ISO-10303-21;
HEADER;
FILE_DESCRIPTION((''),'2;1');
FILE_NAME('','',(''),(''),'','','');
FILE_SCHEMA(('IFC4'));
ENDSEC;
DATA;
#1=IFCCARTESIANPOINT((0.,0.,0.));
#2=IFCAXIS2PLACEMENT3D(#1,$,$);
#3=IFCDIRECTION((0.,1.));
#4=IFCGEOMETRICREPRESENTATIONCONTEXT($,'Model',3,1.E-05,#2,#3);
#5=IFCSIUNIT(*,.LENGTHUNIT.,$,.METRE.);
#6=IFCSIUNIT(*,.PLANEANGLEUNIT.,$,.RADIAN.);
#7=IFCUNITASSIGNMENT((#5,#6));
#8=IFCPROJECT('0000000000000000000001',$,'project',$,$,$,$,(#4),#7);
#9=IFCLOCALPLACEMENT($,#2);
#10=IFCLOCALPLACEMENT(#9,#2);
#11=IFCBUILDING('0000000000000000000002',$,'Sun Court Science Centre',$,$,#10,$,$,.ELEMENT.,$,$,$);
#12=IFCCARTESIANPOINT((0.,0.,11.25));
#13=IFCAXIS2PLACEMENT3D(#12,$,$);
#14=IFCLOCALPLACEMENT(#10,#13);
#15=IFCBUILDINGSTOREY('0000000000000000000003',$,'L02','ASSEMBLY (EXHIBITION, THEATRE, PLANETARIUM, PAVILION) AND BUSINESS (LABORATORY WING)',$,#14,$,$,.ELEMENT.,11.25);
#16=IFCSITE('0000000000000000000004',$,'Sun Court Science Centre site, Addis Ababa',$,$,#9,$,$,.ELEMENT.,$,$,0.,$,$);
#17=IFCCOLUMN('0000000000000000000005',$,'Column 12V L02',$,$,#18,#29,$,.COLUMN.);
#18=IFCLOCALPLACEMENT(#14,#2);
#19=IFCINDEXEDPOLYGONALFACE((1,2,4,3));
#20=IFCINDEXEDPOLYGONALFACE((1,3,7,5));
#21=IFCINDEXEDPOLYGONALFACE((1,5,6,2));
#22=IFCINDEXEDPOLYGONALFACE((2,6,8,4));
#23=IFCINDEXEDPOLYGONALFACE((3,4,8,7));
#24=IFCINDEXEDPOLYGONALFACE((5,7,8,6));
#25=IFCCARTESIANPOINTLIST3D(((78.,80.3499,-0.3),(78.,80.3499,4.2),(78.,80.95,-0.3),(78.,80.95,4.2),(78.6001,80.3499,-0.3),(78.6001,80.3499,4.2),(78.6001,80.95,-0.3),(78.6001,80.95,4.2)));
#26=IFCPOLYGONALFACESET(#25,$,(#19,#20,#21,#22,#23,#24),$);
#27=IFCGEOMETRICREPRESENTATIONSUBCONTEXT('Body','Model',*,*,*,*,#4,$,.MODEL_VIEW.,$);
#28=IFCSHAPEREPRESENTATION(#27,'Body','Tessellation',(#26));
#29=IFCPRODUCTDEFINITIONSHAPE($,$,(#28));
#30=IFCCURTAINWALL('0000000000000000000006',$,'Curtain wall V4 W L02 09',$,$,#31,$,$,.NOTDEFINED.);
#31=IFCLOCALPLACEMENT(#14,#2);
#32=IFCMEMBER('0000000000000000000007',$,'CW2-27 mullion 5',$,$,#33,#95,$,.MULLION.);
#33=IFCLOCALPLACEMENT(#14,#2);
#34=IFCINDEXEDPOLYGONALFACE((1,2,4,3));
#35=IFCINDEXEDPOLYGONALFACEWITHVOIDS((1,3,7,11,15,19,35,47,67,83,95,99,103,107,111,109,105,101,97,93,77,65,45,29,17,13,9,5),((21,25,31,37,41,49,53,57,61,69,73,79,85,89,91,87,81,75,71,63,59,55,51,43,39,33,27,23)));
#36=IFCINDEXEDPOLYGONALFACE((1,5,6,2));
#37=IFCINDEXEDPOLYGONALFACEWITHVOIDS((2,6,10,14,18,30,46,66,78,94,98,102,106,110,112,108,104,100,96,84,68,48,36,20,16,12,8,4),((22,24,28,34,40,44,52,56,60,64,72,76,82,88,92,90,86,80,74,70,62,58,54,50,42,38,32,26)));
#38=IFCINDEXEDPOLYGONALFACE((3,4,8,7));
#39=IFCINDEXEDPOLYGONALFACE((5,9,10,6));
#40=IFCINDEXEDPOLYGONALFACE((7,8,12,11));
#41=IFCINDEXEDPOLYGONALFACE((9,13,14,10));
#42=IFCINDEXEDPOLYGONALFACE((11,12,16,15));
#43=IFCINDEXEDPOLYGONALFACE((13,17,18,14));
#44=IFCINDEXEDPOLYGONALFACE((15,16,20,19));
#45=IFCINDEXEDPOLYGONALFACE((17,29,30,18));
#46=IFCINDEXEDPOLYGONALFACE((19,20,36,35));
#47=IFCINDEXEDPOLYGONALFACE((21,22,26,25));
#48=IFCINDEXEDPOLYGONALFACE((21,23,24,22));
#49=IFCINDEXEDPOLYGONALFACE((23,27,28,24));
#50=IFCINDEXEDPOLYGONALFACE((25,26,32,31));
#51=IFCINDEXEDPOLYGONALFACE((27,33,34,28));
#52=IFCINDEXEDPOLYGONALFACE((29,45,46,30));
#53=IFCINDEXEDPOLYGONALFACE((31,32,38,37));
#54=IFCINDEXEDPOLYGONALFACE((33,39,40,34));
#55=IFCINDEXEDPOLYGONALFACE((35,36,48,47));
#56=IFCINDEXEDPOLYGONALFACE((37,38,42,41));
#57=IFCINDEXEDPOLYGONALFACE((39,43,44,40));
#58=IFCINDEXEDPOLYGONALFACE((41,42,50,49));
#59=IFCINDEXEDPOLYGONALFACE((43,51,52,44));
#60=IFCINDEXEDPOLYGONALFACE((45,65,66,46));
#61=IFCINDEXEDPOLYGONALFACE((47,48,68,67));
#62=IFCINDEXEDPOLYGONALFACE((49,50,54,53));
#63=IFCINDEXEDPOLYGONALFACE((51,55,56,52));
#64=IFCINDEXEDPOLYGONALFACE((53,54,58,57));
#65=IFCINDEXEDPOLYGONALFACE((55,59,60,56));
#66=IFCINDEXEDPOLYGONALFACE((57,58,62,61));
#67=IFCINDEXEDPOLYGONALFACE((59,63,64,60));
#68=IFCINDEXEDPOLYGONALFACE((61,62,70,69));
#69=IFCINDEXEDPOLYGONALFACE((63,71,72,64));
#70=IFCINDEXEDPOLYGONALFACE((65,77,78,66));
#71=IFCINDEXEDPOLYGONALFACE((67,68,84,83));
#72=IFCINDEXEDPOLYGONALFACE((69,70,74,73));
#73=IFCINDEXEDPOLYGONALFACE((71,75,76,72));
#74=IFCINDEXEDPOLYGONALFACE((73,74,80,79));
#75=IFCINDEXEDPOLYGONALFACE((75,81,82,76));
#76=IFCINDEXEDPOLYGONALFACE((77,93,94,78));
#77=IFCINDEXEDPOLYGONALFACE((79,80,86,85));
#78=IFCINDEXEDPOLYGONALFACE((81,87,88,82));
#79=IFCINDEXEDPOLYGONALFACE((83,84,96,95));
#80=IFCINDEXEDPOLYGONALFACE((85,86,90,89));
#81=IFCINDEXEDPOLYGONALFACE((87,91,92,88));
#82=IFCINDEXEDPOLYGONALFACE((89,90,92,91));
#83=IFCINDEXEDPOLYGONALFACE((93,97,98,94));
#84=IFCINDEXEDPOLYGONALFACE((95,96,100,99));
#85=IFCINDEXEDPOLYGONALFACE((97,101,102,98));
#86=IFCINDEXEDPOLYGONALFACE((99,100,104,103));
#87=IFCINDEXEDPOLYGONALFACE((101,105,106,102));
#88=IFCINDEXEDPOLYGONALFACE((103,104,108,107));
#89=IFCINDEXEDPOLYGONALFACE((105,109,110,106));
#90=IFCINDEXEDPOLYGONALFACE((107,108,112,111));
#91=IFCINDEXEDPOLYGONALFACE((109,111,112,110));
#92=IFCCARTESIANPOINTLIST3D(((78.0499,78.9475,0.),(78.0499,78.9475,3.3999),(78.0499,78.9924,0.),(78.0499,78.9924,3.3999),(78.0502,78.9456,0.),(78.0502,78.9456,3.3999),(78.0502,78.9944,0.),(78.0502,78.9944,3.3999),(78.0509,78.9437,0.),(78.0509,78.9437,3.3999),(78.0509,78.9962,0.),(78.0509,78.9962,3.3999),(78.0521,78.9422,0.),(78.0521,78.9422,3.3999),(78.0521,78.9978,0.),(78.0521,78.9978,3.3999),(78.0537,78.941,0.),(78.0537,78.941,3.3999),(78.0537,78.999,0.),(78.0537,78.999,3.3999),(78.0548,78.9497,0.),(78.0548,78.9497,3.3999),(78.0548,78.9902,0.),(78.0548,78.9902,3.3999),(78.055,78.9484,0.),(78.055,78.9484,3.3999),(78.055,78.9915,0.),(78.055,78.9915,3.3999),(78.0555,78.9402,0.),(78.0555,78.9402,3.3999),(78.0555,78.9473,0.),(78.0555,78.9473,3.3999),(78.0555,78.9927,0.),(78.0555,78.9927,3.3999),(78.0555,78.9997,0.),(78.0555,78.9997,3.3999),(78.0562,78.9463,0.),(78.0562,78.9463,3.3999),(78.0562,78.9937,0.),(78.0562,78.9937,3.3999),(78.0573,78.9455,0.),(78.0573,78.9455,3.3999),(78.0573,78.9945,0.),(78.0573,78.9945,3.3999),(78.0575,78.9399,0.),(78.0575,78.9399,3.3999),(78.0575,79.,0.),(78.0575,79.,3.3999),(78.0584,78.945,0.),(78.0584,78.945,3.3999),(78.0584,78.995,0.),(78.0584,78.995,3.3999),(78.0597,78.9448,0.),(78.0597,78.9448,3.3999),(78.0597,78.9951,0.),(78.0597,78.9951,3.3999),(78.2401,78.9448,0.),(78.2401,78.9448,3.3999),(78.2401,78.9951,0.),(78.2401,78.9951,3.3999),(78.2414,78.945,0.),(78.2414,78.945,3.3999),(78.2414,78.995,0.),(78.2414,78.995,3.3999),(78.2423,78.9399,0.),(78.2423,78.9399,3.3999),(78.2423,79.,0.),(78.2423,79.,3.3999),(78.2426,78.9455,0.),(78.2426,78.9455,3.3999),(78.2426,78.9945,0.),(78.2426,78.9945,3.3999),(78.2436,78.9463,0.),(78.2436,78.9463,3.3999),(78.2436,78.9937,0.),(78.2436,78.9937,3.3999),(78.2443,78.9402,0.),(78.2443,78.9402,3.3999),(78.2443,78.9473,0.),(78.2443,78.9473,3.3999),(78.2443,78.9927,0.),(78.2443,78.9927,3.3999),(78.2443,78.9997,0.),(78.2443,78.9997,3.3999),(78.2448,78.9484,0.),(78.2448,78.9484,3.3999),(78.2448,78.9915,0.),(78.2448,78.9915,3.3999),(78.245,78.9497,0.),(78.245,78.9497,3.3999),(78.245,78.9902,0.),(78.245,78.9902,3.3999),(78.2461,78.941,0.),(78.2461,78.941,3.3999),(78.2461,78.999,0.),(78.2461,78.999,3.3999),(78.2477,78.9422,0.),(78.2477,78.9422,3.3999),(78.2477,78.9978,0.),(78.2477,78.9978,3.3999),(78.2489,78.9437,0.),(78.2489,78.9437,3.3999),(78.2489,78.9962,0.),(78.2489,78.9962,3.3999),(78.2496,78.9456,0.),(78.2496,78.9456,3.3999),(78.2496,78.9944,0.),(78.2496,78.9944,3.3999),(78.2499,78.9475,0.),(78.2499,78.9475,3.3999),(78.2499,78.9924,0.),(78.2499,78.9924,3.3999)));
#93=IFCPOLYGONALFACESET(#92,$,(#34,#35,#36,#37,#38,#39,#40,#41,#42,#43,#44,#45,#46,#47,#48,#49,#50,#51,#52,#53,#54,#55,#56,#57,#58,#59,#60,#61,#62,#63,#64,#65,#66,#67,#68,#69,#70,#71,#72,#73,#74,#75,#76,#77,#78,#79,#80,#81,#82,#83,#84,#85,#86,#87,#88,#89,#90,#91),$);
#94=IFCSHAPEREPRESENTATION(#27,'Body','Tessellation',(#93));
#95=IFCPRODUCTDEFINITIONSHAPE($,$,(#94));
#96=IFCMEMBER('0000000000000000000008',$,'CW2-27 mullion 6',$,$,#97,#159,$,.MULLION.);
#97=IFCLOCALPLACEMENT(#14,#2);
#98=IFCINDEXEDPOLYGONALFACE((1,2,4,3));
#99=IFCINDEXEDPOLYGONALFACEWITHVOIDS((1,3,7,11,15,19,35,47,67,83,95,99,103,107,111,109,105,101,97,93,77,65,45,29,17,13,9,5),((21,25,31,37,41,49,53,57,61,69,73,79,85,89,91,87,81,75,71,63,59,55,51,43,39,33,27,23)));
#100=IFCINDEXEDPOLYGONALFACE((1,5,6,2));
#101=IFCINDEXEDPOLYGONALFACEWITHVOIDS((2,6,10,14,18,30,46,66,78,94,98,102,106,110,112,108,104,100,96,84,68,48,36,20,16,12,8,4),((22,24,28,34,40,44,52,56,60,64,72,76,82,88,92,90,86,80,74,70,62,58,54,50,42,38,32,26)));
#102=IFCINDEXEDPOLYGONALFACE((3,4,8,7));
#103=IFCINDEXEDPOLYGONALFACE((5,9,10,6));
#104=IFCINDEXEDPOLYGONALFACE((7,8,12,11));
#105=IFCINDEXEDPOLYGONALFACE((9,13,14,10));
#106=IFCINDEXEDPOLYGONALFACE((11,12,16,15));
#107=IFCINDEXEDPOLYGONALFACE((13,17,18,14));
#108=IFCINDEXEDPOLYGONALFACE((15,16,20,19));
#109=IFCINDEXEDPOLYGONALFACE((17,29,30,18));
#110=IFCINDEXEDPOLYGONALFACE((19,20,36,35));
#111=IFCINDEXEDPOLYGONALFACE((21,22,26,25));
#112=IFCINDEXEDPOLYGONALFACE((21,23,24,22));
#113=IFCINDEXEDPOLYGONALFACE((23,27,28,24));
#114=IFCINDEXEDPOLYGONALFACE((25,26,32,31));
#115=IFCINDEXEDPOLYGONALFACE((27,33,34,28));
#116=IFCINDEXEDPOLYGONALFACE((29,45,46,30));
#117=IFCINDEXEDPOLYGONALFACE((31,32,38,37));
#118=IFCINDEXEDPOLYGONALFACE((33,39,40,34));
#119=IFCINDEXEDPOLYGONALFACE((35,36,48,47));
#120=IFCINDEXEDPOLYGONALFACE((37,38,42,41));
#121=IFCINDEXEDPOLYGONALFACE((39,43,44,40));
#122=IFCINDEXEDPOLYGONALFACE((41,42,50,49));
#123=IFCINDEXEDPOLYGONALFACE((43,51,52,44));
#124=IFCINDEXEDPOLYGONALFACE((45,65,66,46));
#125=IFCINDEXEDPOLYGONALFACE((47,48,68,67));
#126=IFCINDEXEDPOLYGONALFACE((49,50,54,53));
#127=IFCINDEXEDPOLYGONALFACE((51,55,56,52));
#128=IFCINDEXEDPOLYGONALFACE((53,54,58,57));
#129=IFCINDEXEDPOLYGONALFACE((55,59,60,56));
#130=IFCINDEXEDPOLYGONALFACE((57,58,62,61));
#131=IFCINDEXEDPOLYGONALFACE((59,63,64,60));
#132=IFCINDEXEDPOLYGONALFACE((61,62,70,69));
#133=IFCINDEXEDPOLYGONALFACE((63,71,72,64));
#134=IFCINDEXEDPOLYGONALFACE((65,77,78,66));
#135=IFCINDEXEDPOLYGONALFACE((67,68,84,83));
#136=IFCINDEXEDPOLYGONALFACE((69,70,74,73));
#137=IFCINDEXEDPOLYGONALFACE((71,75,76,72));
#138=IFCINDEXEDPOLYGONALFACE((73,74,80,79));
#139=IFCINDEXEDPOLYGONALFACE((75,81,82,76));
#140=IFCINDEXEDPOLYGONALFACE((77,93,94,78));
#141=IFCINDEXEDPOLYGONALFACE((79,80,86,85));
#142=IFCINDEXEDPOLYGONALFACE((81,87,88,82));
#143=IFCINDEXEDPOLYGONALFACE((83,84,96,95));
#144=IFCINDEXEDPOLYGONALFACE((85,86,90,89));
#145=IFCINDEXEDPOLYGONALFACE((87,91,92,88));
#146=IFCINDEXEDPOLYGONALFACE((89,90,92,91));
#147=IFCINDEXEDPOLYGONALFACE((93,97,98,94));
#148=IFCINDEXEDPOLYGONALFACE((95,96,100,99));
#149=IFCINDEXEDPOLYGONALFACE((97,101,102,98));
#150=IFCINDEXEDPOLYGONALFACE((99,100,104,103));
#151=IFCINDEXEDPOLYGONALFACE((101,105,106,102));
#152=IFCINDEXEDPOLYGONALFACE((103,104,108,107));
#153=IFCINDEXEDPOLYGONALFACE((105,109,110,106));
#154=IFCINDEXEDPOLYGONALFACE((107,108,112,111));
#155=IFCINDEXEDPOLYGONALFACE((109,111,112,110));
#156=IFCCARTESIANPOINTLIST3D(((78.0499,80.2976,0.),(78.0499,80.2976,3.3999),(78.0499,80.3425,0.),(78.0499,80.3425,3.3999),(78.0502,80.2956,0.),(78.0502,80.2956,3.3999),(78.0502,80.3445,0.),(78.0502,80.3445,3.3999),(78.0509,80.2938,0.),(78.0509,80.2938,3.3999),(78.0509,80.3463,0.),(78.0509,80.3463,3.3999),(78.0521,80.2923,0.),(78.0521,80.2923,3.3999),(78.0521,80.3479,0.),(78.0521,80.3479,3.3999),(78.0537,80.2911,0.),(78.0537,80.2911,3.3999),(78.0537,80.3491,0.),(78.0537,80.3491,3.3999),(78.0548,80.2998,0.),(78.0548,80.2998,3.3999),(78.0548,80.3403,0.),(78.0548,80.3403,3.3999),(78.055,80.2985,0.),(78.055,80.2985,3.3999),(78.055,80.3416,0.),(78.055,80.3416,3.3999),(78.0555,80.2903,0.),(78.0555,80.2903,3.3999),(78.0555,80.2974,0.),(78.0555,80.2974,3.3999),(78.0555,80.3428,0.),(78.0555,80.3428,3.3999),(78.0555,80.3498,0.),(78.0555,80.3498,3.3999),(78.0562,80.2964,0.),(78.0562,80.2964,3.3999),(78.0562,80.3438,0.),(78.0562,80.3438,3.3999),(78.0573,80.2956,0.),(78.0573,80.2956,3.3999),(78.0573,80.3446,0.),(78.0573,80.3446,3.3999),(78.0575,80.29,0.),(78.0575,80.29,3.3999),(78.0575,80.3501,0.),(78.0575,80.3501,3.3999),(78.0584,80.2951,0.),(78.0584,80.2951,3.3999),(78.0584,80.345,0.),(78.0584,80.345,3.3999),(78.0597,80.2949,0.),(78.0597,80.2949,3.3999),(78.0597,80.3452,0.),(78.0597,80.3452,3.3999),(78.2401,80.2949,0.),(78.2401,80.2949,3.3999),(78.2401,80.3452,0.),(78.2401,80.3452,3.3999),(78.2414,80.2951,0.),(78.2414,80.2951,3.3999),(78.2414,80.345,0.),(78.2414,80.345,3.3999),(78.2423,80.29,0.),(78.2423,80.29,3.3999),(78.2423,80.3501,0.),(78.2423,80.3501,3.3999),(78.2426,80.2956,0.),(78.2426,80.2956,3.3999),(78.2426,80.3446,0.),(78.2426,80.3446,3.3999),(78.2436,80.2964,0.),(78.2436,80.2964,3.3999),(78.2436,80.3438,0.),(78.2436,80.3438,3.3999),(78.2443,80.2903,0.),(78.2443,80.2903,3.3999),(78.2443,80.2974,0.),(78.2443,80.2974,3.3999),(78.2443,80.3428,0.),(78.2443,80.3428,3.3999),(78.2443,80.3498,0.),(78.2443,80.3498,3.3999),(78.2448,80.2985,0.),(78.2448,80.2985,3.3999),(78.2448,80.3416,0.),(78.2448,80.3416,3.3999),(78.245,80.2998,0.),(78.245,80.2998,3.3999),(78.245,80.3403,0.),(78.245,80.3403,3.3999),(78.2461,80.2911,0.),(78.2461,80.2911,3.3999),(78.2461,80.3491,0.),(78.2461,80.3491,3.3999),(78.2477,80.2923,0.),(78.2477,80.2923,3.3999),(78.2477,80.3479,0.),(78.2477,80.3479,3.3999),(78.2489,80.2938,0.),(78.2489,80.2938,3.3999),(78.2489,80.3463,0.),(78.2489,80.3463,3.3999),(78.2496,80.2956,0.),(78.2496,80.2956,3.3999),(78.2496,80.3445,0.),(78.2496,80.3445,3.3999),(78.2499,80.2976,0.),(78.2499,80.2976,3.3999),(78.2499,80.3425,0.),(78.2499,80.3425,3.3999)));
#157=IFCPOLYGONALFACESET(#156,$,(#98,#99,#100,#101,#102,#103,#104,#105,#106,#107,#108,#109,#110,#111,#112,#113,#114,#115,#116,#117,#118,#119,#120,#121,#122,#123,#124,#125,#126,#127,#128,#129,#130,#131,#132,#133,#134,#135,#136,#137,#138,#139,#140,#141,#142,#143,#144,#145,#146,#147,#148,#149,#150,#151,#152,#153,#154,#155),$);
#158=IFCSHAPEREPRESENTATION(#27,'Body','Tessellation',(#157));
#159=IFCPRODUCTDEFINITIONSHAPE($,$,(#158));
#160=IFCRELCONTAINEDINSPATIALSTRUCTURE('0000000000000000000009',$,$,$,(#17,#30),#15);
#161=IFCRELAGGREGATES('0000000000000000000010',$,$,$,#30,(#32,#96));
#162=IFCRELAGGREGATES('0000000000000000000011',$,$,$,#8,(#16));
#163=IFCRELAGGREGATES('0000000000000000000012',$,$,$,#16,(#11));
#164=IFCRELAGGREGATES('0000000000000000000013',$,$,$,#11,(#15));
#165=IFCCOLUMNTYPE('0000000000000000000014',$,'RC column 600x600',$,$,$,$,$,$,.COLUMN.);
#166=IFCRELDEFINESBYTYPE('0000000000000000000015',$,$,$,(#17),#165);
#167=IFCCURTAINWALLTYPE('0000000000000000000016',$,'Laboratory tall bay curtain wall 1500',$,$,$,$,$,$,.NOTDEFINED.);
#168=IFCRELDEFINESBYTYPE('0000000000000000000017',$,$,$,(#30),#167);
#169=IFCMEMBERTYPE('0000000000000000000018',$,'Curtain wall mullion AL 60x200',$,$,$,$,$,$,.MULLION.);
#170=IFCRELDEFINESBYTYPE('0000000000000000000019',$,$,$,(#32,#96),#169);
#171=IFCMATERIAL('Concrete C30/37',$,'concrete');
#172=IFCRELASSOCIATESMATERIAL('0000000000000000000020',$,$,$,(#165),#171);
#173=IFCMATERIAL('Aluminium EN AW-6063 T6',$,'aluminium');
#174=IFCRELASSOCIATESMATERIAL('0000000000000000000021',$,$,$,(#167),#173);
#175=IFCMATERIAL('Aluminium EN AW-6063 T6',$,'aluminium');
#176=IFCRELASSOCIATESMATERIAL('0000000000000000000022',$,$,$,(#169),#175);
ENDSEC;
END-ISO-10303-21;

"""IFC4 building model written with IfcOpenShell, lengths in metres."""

from ifc_helpers import new_model, si_unit, direction, frame, origin, origin_2d, place, context, subcontext, project, spatial, rectangle, hollow_rectangle, extrude, material, material_profile, profile_set, type_object, element, aggregate, save


model = new_model("IFC4")

# Units and contexts
model_context = context("Model", 3, precision=1e-05, world=origin(), true_north=direction((0.0, 1.0)))
body_context = subcontext(model_context, "Body", "Model", "MODEL_VIEW")
ifc_project = project(units=[si_unit("LENGTHUNIT", "METRE"), si_unit("PLANEANGLEUNIT", "RADIAN")], contexts=[model_context])

# Site, building, storey
site_placement = place(None, origin())
site = spatial("IfcSite", under=ifc_project, at=site_placement, Name="Sun Court Science Centre site, Addis Ababa", CompositionType="ELEMENT", RefElevation=0.0)
building_placement = place(site_placement, origin())
building = spatial("IfcBuilding", under=site, at=building_placement, Name="Sun Court Science Centre", CompositionType="ELEMENT")
storey_placement = place(building_placement, frame((0.0, 0.0, 11.25)))
storey = spatial("IfcBuildingStorey", under=building, at=storey_placement, Name="L02", Description="ASSEMBLY (EXHIBITION, THEATRE, PLANETARIUM, PAVILION) AND BUSINESS (LABORATORY WING)", CompositionType="ELEMENT", Elevation=11.25)

# Column
ifc_material_1 = material(Name="Concrete C30/37", Category="concrete")
ifc_material_profile_1 = material_profile(ifc_material_1, rectangle(XDim=0.6001, YDim=0.6001, at=origin_2d()), Name="RC 600x600")
ifc_profile_set_1 = profile_set([ifc_material_profile_1], Name="Concrete C30/37")
column_type = type_object("IfcColumnType", Name="RC column 600x600", PredefinedType="COLUMN", material=ifc_profile_set_1)
column_placement = place(storey_placement, frame((78.3, 80.6499, -0.3), z_axis=(0.0, 0.0, 1.0), x_axis=(1.0, 0.0, 0.0)))
element("IfcColumn", 1, at=column_placement, inside=storey, type_object=column_type, Name="Column 12V L02", PredefinedType="COLUMN", context=body_context, shape_type="SweptSolid", body=[
    extrude(rectangle(XDim=0.6001, YDim=0.6001, at=origin_2d()), origin(), (0.0, 0.0, 1.0), 4.5),
])

# Curtain wall, members
ifc_material_2 = material(Name="Aluminium EN AW-6063 T6", Category="aluminium")
curtain_wall_type = type_object("IfcCurtainWallType", Name="Laboratory tall bay curtain wall 1500", PredefinedType="NOTDEFINED", material=ifc_material_2)
curtain_wall_1_placement = place(storey_placement, origin())
curtain_wall_1 = element("IfcCurtainWall", 2, at=curtain_wall_1_placement, inside=storey, type_object=curtain_wall_type, Name="Curtain wall V4 W L02 09", PredefinedType="NOTDEFINED")
ifc_material_3 = material(Name="Aluminium EN AW-6063 T6", Category="aluminium")
ifc_material_profile_2 = material_profile(ifc_material_3, hollow_rectangle(XDim=0.0601, YDim=0.2, WallThickness=0.0049, InnerFilletRadius=0.0049, OuterFilletRadius=0.0076, at=origin_2d()), Name="AL 60x200x5")
ifc_profile_set_2 = profile_set([ifc_material_profile_2], Name="Aluminium EN AW-6063 T6")
member_type_1 = type_object("IfcMemberType", Name="Curtain wall mullion AL 60x200", PredefinedType="MULLION", material=ifc_profile_set_2)
member_1_placement = place(storey_placement, frame((78.1499, 78.97, 0.0), z_axis=(0.0, 0.0, 1.0), x_axis=(0.0, 1.0, 0.0)))
member_1 = element("IfcMember", 3, at=member_1_placement, type_object=member_type_1, Name="CW2-27 mullion 5", PredefinedType="MULLION", context=body_context, shape_type="SweptSolid", body=[
    extrude(hollow_rectangle(XDim=0.0601, YDim=0.2, WallThickness=0.0049, InnerFilletRadius=0.0049, OuterFilletRadius=0.0076, at=origin_2d()), origin(), (0.0, 0.0, 1.0), 3.3999),
])
member_2_placement = place(storey_placement, frame((78.1499, 80.3201, 0.0), z_axis=(0.0, 0.0, 1.0), x_axis=(0.0, 1.0, 0.0)))
member_2 = element("IfcMember", 4, at=member_2_placement, type_object=member_type_1, Name="CW2-27 mullion 6", PredefinedType="MULLION", context=body_context, shape_type="SweptSolid", body=[
    extrude(hollow_rectangle(XDim=0.0601, YDim=0.2, WallThickness=0.0049, InnerFilletRadius=0.0049, OuterFilletRadius=0.0076, at=origin_2d()), origin(), (0.0, 0.0, 1.0), 3.3999),
])

aggregate(curtain_wall_1, [member_1, member_2])

save(model, "model.ifc")
